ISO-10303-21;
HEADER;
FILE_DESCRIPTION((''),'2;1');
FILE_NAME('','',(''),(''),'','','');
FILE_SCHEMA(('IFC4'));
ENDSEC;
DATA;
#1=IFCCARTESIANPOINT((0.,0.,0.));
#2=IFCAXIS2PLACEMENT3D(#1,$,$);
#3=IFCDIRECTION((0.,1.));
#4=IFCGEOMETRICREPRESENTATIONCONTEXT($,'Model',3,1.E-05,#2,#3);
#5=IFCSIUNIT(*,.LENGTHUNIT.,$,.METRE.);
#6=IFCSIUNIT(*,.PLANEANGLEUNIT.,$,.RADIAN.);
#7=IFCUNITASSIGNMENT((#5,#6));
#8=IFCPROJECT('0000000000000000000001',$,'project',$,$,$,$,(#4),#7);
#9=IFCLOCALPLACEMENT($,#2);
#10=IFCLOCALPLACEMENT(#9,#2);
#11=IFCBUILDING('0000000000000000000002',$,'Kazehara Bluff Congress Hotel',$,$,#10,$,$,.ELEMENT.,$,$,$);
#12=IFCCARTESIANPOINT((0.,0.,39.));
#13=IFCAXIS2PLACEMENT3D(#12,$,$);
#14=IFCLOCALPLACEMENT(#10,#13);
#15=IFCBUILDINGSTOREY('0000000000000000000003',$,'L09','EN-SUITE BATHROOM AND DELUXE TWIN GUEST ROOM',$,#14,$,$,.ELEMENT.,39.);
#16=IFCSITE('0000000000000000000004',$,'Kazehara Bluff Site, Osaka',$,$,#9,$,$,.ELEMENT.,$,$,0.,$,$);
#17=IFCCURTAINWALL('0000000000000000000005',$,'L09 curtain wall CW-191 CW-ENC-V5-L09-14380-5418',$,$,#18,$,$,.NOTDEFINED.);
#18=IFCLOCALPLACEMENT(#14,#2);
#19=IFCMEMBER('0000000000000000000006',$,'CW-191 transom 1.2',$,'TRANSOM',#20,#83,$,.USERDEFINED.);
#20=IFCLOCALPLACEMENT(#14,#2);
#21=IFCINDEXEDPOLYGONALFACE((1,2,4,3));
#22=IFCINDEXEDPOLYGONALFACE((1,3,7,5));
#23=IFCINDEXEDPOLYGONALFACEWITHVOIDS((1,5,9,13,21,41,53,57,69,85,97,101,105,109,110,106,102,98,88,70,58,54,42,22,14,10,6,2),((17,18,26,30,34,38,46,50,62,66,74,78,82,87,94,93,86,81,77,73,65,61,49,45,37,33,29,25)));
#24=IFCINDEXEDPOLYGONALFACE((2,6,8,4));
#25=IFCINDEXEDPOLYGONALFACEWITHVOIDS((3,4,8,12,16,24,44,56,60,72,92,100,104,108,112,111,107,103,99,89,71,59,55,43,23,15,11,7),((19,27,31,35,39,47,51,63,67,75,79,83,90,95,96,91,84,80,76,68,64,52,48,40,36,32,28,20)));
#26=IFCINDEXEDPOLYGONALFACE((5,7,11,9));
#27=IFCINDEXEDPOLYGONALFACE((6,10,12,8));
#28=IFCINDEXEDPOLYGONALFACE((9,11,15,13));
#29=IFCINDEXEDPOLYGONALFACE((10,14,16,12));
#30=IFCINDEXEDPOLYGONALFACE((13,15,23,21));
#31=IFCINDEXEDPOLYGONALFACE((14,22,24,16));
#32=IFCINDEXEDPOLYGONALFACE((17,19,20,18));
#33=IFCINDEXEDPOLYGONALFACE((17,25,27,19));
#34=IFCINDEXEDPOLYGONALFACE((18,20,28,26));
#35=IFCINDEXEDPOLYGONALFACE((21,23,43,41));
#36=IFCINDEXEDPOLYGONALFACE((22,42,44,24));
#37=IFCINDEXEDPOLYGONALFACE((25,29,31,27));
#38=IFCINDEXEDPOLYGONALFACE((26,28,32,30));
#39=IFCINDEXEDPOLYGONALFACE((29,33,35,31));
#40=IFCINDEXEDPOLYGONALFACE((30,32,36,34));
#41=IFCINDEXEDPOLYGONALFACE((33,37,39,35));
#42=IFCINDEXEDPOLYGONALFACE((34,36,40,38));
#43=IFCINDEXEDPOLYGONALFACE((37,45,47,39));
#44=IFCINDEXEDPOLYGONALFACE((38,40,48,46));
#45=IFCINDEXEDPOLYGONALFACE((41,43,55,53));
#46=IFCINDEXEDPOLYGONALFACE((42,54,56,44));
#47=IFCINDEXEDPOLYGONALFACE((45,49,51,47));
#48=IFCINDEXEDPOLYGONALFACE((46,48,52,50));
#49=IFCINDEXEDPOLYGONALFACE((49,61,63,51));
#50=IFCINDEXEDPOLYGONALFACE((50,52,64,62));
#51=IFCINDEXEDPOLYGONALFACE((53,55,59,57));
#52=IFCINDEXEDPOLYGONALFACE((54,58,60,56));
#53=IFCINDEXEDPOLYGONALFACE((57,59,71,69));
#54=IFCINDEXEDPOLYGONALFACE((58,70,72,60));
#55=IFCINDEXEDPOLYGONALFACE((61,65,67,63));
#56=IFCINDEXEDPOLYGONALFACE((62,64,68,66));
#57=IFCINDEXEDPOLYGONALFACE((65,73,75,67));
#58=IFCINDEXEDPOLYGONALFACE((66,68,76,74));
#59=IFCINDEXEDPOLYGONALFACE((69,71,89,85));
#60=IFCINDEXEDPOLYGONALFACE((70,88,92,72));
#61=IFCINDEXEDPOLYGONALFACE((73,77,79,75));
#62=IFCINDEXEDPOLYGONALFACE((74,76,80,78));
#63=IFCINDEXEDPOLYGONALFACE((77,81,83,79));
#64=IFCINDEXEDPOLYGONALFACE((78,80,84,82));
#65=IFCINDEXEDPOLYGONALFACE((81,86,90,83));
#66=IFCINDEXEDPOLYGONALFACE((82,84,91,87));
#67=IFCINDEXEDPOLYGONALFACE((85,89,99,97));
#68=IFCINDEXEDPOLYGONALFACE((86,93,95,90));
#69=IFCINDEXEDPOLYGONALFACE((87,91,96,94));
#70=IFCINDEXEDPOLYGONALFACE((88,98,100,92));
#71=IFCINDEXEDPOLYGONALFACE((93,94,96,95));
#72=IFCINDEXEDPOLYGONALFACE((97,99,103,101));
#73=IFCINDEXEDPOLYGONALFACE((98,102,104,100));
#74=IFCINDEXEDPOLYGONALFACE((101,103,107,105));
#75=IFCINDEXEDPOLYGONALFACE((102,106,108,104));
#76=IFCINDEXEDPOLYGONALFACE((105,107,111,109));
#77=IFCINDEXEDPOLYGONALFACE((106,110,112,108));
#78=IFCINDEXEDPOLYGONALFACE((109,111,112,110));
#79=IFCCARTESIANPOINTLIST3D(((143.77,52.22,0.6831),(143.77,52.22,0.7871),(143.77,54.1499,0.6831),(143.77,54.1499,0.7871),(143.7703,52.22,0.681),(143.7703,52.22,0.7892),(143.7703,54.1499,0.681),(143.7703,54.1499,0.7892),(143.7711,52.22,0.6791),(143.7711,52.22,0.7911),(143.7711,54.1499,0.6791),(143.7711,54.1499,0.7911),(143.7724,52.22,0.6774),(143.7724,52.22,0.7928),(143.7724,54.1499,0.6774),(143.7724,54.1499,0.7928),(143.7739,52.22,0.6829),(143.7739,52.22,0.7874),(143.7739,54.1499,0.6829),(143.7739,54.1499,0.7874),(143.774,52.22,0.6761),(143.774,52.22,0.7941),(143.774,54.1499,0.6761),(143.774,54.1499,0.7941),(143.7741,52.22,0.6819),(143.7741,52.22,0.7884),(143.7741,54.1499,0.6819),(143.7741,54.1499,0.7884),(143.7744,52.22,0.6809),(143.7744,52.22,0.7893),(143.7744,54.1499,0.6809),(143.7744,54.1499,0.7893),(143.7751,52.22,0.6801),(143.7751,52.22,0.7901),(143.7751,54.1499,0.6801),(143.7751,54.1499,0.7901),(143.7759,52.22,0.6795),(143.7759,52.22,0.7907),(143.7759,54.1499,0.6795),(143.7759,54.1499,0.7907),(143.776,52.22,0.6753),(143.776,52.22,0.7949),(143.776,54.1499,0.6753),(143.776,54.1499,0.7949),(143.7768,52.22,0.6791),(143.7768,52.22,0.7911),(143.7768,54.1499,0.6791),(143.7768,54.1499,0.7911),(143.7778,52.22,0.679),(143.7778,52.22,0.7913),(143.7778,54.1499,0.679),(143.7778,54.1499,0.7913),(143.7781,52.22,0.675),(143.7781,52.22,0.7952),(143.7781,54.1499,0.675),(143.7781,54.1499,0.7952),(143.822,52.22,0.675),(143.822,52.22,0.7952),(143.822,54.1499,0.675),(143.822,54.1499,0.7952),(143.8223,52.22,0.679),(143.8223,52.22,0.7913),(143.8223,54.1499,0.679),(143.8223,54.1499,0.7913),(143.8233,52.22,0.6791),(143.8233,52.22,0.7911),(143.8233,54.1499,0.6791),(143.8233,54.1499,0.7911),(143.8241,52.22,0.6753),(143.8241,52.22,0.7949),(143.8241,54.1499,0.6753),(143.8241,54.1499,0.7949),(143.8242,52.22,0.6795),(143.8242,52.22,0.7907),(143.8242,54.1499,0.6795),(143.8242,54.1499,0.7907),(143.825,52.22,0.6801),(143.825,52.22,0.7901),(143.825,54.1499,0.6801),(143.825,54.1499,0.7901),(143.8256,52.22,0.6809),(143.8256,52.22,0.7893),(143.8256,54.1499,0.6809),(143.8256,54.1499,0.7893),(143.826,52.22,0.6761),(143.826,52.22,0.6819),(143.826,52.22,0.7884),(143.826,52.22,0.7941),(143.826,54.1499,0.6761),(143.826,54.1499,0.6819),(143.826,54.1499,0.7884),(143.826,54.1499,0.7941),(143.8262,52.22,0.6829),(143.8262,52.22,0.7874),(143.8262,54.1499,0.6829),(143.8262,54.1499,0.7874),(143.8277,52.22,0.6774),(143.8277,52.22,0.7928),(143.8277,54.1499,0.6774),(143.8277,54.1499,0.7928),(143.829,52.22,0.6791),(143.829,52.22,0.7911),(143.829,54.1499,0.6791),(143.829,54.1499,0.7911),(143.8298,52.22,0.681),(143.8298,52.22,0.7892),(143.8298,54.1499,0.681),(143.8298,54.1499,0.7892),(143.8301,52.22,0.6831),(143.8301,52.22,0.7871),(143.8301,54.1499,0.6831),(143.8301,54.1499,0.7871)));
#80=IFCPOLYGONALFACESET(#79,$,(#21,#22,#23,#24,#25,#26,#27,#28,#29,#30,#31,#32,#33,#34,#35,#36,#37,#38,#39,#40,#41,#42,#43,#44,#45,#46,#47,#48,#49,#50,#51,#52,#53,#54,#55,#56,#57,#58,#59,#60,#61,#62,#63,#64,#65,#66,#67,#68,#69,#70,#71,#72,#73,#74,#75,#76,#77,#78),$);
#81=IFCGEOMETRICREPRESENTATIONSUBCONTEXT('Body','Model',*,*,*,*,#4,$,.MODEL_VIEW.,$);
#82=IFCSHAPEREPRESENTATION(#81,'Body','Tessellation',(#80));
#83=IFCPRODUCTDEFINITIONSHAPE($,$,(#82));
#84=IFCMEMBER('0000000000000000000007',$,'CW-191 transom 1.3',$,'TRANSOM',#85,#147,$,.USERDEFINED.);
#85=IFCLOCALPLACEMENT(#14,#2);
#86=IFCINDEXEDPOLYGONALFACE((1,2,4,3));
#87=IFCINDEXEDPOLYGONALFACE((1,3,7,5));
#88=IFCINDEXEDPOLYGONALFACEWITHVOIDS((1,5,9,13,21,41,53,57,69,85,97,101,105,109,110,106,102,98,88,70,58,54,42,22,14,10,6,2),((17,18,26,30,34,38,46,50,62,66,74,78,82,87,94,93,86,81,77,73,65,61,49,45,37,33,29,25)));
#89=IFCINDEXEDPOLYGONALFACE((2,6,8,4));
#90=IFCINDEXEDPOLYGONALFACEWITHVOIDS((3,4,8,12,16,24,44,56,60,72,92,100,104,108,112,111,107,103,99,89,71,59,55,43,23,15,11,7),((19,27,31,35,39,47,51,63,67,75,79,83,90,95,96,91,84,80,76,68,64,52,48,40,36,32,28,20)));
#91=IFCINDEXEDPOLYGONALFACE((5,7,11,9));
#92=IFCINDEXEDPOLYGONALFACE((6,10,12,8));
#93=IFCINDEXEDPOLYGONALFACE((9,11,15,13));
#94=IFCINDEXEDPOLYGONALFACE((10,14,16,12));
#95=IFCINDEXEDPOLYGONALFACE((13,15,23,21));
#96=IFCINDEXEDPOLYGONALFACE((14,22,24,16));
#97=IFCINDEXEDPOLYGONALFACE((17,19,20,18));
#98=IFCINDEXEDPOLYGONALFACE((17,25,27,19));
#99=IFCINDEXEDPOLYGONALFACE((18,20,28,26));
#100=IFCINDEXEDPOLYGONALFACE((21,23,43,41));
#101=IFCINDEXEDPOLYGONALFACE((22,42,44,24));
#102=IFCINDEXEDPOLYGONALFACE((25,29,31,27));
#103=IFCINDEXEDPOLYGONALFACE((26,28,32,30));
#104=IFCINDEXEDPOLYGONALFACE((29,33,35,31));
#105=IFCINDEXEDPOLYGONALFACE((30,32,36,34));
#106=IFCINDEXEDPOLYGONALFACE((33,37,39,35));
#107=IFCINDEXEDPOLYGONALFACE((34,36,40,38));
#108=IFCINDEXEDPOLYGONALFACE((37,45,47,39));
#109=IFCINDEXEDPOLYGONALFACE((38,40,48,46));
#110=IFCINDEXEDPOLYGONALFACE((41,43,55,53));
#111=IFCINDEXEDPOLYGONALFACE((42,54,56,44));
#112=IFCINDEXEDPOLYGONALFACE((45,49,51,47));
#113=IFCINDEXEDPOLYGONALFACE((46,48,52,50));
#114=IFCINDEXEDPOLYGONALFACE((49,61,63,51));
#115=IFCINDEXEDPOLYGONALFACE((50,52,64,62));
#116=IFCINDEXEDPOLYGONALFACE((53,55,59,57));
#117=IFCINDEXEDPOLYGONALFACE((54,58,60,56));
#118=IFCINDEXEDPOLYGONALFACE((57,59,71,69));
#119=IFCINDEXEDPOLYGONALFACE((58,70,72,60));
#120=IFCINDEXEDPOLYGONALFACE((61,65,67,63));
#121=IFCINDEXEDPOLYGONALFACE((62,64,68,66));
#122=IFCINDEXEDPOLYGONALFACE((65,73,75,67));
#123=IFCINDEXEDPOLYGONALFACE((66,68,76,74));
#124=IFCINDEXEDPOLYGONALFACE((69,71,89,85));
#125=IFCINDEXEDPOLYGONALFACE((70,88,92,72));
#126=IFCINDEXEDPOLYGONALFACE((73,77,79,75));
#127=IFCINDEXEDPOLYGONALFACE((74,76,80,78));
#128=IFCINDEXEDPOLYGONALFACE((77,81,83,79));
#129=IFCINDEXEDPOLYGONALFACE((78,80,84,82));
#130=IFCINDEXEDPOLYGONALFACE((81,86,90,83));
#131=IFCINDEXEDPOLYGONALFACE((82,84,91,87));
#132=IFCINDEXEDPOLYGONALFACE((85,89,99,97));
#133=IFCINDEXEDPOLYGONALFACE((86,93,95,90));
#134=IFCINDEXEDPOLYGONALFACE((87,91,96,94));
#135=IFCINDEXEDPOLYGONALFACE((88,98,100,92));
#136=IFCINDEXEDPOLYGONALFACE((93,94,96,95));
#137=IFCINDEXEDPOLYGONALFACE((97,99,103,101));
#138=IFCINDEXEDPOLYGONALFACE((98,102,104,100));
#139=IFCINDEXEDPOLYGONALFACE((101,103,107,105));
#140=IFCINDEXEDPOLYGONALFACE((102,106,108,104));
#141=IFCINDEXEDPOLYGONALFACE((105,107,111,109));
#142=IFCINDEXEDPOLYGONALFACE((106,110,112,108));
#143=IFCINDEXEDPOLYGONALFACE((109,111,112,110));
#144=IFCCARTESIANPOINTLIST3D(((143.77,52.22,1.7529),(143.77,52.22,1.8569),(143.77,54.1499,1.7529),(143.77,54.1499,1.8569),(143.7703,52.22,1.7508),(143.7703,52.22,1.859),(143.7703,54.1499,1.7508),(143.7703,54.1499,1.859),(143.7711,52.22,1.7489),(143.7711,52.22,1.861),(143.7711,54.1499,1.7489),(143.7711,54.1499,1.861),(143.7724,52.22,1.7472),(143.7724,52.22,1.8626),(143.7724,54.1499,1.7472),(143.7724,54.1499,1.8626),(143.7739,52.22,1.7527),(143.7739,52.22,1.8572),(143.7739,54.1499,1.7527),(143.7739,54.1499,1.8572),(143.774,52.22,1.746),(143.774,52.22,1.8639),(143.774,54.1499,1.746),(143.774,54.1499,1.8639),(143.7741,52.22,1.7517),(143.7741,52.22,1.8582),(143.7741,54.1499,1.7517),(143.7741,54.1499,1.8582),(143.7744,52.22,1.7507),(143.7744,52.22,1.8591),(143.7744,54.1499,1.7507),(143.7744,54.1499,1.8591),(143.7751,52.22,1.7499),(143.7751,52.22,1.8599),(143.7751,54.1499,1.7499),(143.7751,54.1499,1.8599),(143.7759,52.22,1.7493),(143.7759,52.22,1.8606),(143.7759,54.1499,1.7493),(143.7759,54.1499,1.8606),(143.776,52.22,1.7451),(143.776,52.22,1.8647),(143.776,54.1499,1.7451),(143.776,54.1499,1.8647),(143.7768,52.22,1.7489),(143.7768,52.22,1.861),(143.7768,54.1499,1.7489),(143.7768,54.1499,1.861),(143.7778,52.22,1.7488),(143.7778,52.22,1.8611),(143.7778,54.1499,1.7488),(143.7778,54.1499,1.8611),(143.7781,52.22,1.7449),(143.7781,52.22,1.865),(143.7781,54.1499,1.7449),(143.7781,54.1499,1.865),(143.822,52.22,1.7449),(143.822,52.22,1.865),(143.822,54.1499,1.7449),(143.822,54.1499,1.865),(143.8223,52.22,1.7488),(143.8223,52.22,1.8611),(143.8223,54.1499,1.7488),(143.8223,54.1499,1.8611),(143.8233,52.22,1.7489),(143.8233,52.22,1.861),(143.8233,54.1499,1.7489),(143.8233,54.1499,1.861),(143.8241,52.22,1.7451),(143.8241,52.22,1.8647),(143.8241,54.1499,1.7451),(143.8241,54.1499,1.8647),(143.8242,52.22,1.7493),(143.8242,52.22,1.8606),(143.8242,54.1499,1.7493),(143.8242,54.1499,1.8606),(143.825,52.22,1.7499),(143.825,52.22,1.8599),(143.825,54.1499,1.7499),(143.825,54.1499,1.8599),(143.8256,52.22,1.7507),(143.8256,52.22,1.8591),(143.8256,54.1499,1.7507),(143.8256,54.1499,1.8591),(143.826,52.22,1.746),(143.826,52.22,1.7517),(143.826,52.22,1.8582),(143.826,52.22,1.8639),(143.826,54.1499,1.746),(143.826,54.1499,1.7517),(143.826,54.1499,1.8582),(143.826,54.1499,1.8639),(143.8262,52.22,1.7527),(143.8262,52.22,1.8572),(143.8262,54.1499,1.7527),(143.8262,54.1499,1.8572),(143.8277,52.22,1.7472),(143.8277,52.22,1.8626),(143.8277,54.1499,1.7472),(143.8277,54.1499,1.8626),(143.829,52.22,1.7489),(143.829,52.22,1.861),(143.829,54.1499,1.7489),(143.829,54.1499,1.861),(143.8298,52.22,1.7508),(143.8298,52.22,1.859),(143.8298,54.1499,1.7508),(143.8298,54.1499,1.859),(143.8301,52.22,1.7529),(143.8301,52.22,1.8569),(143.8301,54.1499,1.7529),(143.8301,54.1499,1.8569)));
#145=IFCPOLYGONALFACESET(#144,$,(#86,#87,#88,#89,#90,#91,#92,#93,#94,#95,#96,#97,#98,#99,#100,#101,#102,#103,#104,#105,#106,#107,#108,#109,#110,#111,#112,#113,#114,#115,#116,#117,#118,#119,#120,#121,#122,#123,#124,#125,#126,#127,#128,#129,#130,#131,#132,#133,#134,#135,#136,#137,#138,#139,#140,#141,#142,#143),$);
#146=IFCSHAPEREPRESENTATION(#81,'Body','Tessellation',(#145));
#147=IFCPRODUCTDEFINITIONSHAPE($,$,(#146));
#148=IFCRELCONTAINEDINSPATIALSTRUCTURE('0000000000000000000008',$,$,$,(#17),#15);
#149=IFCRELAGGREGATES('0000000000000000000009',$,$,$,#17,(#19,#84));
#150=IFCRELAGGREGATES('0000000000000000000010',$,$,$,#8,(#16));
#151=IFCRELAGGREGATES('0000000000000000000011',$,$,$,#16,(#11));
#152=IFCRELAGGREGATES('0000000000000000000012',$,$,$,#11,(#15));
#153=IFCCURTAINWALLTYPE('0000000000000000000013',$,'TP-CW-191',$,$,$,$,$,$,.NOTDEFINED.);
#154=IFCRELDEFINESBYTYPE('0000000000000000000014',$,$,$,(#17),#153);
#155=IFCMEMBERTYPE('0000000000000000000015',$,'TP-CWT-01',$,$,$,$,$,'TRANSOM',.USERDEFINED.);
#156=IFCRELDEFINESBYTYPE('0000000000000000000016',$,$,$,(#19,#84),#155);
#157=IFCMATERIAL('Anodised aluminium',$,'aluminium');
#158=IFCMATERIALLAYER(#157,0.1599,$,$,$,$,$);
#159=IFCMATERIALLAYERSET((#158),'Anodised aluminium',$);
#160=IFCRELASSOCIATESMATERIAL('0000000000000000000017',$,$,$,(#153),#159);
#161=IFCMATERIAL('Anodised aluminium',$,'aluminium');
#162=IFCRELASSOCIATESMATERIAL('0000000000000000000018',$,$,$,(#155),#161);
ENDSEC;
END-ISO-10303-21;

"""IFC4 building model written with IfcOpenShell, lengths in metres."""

from ifc_helpers import new_model, si_unit, direction, frame, origin, origin_2d, place, context, subcontext, project, spatial, hollow_rectangle, extrude, material, layer, layer_set, material_profile, profile_set, type_object, element, aggregate, save


model = new_model("IFC4")

# Units and contexts
model_context = context("Model", 3, precision=1e-05, world=origin(), true_north=direction((0.0, 1.0)))
body_context = subcontext(model_context, "Body", "Model", "MODEL_VIEW")
ifc_project = project(units=[si_unit("LENGTHUNIT", "METRE"), si_unit("PLANEANGLEUNIT", "RADIAN")], contexts=[model_context])

# Site, building, storey
site_placement = place(None, origin())
site = spatial("IfcSite", under=ifc_project, at=site_placement, Name="Kazehara Bluff Site, Osaka", CompositionType="ELEMENT", RefElevation=0.0)
building_placement = place(site_placement, origin())
building = spatial("IfcBuilding", under=site, at=building_placement, Name="Kazehara Bluff Congress Hotel", CompositionType="ELEMENT")
storey_placement = place(building_placement, frame((0.0, 0.0, 39.0)))
storey = spatial("IfcBuildingStorey", under=building, at=storey_placement, Name="L09", Description="EN-SUITE BATHROOM AND DELUXE TWIN GUEST ROOM", CompositionType="ELEMENT", Elevation=39.0)

# Curtain wall
ifc_material_1 = material(Name="Anodised aluminium", Category="aluminium")
ifc_layer_1 = layer(ifc_material_1, 0.1599)
ifc_layer_set_1 = layer_set([ifc_layer_1], Name="Anodised aluminium")
curtain_wall_type_1 = type_object("IfcCurtainWallType", Name="TP-CW-191", PredefinedType="NOTDEFINED", material=ifc_layer_set_1)
curtain_wall_1_placement = place(storey_placement, origin())
curtain_wall_1 = element("IfcCurtainWall", 1, at=curtain_wall_1_placement, inside=storey, type_object=curtain_wall_type_1, Name="L09 curtain wall CW-191 CW-ENC-V5-L09-14380-5418", PredefinedType="NOTDEFINED")

# Members
ifc_material_2 = material(Name="Anodised aluminium", Category="aluminium")
ifc_material_profile_1 = material_profile(ifc_material_2, hollow_rectangle(XDim=0.0601, YDim=0.1201, WallThickness=0.0039, InnerFilletRadius=0.0039, OuterFilletRadius=0.0081, at=origin_2d()))
ifc_profile_set_1 = profile_set([ifc_material_profile_1], Name="Anodised aluminium")
member_type_1 = type_object("IfcMemberType", Name="TP-CWT-01", ElementType="TRANSOM", PredefinedType="USERDEFINED", material=ifc_profile_set_1)
member_1_placement = place(storey_placement, frame((143.8, 52.22, 0.7351), z_axis=(0.0, 1.0, 0.0), x_axis=(-1.0, 0.0, 0.0)))
member_1 = element("IfcMember", 2, at=member_1_placement, type_object=member_type_1, Name="CW-191 transom 1.2", ObjectType="TRANSOM", PredefinedType="USERDEFINED", context=body_context, shape_type="SweptSolid", body=[
    extrude(hollow_rectangle(XDim=0.0601, YDim=0.1201, WallThickness=0.0039, InnerFilletRadius=0.0039, OuterFilletRadius=0.0081, at=origin_2d()), origin(), (0.0, 0.0, 1.0), 1.9299),
])
member_2_placement = place(storey_placement, frame((143.8, 52.22, 1.8049), z_axis=(0.0, 1.0, 0.0), x_axis=(-1.0, 0.0, 0.0)))
member_2 = element("IfcMember", 3, at=member_2_placement, type_object=member_type_1, Name="CW-191 transom 1.3", ObjectType="TRANSOM", PredefinedType="USERDEFINED", context=body_context, shape_type="SweptSolid", body=[
    extrude(hollow_rectangle(XDim=0.0601, YDim=0.1201, WallThickness=0.0039, InnerFilletRadius=0.0039, OuterFilletRadius=0.0081, at=origin_2d()), origin(), (0.0, 0.0, 1.0), 1.9299),
])

aggregate(curtain_wall_1, [member_1, member_2])

save(model, "model.ifc")
